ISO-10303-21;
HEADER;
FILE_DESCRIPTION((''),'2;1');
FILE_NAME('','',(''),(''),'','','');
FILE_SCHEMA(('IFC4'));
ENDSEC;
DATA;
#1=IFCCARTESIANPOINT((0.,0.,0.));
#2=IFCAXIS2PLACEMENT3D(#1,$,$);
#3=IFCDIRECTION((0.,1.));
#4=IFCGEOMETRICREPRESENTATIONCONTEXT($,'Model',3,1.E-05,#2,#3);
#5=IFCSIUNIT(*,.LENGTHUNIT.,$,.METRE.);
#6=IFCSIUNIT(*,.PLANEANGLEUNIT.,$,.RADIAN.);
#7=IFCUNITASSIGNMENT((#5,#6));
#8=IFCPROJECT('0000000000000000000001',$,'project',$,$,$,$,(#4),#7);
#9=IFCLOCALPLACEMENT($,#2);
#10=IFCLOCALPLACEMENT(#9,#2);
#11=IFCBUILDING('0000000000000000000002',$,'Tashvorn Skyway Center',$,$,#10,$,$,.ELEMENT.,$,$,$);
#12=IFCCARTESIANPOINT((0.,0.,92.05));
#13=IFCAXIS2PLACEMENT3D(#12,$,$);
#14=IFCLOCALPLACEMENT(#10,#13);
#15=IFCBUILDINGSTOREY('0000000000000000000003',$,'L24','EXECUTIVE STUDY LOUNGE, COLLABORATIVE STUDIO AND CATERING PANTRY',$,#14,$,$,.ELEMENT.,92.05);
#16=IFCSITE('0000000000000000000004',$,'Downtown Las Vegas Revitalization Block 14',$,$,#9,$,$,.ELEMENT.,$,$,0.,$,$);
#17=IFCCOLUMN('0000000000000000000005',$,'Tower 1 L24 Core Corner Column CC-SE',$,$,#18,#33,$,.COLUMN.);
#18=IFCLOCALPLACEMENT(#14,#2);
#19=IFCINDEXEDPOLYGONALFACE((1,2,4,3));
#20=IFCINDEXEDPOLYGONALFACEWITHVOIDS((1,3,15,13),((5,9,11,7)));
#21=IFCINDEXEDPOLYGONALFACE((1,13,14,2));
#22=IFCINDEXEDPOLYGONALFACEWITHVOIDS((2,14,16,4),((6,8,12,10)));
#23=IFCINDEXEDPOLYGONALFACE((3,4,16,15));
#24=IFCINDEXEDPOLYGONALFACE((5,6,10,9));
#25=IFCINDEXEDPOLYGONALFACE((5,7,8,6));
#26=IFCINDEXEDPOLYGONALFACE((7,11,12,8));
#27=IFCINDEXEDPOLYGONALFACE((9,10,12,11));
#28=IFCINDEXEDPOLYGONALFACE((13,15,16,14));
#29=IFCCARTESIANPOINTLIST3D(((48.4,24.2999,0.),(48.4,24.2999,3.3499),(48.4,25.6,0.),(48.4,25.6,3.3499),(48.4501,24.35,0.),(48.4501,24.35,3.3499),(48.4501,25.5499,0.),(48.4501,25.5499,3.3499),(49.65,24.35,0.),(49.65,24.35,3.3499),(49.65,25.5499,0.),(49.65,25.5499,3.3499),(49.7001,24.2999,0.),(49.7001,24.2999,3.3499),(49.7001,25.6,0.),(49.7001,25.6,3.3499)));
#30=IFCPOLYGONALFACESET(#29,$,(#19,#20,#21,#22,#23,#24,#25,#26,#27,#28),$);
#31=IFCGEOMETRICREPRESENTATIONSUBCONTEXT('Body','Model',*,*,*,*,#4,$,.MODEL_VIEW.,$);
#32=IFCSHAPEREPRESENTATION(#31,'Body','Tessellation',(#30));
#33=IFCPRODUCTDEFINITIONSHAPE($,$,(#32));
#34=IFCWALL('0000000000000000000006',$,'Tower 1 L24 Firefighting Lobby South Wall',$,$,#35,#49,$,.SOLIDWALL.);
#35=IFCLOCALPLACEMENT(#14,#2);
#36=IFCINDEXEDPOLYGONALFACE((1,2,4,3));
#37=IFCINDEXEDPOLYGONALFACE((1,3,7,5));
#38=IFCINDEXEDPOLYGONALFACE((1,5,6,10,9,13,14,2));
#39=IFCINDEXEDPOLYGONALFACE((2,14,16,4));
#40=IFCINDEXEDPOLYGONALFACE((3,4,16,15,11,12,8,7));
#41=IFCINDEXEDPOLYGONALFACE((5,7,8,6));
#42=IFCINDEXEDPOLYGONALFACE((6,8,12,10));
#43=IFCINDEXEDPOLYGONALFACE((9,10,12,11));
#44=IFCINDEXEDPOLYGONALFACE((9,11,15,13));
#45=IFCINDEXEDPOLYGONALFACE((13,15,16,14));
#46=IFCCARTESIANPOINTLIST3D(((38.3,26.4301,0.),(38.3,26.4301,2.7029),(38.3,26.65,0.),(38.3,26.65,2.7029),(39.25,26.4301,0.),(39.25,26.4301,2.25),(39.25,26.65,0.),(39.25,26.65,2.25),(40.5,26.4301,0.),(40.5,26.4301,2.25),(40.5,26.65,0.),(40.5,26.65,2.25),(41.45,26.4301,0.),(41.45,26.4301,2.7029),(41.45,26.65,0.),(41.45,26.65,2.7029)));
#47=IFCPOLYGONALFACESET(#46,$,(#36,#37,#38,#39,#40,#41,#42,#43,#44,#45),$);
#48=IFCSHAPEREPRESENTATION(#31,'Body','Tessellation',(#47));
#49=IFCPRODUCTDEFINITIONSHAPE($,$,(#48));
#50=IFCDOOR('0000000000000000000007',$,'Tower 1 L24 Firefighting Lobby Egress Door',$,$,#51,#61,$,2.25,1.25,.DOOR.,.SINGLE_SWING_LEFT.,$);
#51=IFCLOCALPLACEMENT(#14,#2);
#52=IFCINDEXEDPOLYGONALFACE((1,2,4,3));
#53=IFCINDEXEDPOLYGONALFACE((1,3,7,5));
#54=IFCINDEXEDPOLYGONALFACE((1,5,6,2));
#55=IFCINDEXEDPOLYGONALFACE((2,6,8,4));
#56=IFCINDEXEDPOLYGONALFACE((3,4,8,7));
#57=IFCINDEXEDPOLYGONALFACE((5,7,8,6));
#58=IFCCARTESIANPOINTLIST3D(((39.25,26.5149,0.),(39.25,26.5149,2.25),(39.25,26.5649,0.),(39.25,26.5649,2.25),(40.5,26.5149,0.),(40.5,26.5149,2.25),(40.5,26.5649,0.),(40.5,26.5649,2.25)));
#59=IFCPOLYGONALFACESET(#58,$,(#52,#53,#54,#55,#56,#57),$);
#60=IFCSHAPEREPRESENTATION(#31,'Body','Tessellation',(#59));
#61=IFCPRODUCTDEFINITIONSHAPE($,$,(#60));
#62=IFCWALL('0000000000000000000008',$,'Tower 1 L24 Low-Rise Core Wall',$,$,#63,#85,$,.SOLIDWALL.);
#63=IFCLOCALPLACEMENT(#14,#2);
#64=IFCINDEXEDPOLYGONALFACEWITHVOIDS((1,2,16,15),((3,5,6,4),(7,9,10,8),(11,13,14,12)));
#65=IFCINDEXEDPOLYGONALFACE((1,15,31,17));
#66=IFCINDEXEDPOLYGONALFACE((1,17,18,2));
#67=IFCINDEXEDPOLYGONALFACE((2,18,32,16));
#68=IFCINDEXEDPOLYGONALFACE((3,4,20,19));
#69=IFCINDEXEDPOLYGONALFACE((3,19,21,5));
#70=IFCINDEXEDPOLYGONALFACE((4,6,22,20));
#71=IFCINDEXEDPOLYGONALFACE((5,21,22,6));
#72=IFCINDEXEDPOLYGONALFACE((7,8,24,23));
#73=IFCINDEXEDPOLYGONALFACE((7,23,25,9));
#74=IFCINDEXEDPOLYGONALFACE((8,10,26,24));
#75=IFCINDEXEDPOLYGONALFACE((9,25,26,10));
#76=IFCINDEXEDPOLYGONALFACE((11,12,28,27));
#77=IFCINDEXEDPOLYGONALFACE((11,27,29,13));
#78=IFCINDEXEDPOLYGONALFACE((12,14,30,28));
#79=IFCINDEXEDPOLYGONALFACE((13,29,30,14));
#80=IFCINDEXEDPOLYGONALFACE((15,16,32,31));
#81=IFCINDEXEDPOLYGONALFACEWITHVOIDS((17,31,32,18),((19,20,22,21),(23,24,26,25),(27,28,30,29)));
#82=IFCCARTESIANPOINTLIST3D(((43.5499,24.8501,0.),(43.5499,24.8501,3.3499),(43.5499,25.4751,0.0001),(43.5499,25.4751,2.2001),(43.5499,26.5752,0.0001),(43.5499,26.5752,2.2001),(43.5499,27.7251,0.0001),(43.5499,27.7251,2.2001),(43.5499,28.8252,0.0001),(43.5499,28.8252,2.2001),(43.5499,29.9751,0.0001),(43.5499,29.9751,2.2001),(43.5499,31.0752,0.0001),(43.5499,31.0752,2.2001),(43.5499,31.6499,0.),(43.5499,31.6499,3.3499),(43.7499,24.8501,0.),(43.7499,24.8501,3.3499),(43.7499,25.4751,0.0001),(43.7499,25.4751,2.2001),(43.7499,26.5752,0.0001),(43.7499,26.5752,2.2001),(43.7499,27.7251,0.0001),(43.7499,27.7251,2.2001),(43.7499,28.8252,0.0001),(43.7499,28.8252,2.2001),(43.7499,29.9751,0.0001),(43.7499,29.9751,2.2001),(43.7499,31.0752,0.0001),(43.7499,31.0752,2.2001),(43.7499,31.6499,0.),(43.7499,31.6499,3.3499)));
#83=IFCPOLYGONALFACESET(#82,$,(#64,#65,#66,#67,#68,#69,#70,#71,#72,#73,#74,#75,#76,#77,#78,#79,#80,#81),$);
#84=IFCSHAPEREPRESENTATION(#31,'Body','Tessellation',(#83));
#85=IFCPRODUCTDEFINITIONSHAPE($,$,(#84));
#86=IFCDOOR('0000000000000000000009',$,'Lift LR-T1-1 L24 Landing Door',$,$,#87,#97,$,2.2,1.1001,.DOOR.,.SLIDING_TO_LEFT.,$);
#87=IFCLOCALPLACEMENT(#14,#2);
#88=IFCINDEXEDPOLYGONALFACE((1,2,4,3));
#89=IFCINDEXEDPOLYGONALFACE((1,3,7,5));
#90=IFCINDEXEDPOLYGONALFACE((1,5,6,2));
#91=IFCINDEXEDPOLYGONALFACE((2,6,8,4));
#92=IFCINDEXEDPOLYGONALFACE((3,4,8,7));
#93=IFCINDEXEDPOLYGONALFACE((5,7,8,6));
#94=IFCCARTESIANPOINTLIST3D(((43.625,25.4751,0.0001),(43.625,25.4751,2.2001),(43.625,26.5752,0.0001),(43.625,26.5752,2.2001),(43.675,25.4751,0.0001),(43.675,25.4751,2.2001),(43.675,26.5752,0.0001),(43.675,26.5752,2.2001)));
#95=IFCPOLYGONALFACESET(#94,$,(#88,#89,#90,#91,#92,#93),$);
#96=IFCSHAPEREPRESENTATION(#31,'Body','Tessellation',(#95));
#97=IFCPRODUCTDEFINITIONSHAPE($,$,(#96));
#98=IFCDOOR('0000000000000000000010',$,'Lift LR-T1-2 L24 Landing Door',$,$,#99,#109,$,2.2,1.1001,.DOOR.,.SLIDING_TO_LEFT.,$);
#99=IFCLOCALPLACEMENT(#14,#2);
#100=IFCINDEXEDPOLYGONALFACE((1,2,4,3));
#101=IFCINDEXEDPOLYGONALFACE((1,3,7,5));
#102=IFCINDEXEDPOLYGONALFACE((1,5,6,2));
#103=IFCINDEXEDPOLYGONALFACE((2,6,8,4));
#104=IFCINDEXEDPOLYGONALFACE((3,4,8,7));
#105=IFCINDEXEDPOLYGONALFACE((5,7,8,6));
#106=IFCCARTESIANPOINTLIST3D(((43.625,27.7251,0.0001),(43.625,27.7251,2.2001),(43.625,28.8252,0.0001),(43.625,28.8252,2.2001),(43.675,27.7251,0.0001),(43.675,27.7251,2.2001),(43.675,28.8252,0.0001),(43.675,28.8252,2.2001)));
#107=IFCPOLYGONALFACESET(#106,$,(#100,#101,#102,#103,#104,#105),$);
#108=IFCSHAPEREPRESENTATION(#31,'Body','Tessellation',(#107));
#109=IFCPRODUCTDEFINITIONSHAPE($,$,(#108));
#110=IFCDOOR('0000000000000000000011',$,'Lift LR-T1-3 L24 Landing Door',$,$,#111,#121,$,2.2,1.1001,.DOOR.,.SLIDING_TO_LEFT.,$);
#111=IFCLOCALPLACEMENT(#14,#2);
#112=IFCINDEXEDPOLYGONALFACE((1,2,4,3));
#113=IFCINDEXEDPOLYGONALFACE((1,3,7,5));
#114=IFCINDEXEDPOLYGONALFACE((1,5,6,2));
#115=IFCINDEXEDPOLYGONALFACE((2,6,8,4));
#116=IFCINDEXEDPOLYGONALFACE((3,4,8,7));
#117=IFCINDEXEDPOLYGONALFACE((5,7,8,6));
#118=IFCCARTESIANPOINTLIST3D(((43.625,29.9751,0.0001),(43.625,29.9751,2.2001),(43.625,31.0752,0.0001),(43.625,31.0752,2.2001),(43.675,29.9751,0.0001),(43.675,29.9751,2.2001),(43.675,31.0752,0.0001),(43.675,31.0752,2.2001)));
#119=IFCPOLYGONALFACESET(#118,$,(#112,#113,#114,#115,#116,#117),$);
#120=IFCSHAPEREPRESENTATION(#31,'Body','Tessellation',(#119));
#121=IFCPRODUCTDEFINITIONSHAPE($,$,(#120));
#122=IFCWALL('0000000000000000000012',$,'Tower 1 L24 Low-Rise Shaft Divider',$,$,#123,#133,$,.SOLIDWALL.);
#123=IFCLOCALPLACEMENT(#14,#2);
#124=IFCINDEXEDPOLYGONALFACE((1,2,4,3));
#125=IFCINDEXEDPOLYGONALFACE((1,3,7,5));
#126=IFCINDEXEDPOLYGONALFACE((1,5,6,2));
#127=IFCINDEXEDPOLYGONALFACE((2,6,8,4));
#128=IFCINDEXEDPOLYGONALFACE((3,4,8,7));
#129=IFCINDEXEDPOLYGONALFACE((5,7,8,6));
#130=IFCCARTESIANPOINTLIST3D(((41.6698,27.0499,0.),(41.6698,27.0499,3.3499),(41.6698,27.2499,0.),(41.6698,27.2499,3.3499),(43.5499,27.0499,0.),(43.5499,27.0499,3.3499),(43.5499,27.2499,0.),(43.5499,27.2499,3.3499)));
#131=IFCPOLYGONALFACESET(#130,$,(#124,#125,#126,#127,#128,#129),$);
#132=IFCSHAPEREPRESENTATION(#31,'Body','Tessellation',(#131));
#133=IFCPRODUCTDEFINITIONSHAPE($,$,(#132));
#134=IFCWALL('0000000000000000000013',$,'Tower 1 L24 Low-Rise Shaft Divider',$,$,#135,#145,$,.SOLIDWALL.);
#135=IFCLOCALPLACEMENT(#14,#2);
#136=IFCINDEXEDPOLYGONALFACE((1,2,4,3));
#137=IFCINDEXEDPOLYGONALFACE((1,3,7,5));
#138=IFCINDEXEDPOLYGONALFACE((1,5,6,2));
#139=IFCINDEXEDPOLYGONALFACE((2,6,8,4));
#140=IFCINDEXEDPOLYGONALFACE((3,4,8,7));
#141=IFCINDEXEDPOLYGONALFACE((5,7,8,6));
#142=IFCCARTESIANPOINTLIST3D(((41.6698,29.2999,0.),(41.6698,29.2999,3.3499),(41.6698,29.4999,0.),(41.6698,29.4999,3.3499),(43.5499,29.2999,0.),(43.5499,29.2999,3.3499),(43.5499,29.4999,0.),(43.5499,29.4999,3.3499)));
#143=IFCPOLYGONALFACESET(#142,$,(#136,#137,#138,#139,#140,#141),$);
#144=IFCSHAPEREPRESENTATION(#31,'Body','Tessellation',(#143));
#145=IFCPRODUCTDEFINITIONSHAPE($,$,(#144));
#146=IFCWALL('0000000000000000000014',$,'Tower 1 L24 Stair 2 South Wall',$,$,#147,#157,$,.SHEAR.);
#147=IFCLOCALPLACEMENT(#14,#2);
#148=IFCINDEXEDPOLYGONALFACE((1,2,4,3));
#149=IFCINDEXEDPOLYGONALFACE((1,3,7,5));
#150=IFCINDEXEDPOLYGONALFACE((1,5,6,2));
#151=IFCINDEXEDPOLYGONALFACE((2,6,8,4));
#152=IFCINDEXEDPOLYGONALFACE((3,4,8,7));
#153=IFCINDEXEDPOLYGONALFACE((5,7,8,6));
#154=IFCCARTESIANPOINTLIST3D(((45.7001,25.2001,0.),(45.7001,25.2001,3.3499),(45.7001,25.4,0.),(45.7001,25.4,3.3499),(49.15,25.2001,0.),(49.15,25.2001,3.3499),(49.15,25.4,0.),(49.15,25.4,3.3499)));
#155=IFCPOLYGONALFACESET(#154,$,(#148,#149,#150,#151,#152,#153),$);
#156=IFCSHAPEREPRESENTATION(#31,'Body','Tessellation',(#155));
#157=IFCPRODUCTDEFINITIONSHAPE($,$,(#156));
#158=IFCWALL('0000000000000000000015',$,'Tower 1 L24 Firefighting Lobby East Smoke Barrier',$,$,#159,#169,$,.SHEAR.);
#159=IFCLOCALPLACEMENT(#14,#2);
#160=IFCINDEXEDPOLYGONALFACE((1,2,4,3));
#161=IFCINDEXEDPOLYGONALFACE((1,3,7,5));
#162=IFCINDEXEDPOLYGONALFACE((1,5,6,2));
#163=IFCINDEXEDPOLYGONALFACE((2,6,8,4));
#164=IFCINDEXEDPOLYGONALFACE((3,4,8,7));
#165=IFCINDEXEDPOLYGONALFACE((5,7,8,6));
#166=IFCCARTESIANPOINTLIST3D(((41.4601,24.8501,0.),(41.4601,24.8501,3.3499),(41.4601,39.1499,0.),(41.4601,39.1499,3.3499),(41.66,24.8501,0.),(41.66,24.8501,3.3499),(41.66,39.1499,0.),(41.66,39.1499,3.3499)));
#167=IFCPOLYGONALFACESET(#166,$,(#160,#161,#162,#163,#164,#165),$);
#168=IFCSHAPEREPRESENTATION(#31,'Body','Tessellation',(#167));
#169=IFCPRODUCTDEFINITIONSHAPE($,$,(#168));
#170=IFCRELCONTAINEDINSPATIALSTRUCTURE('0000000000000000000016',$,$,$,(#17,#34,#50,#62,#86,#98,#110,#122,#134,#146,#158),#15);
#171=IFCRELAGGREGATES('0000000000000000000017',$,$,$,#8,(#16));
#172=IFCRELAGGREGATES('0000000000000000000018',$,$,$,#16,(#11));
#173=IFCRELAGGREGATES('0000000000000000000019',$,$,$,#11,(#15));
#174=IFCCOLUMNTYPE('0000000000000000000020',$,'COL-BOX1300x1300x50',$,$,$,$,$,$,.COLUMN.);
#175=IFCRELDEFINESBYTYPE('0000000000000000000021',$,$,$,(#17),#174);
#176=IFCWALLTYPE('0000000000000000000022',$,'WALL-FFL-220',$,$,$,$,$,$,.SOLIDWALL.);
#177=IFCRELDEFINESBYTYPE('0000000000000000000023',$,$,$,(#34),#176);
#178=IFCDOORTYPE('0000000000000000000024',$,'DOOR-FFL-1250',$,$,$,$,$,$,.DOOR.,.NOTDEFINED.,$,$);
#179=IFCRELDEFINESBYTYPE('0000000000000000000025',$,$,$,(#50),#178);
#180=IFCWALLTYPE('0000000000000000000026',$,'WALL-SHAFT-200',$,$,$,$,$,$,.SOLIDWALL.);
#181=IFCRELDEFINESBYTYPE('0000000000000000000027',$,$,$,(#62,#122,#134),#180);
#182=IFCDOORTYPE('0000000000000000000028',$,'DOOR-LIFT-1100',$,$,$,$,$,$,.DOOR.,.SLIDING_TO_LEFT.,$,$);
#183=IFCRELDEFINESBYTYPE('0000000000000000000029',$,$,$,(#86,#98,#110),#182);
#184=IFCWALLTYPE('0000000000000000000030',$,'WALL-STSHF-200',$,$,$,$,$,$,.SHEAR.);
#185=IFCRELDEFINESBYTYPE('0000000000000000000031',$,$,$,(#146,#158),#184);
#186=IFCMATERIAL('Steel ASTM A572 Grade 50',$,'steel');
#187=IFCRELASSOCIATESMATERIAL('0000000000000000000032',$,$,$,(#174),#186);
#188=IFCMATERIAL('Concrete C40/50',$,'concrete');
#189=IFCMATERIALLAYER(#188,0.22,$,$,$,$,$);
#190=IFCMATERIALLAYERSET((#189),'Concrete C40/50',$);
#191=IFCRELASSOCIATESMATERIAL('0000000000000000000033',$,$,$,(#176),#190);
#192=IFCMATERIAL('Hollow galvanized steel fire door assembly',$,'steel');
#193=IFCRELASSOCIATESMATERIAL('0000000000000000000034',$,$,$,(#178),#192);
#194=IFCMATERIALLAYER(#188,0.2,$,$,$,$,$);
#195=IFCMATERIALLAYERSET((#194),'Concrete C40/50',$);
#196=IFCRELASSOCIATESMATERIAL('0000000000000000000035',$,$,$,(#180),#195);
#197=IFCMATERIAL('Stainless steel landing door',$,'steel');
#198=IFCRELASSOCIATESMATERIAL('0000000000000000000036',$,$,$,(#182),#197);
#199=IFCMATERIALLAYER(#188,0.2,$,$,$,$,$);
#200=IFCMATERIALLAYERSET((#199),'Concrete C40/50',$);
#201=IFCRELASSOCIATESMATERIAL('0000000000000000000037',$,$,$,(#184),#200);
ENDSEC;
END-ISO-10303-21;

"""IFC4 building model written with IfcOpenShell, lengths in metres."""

from ifc_helpers import new_model, si_unit, direction, frame, frame_2d, origin, origin_2d, place, context, subcontext, project, spatial, rectangle, hollow_rectangle, extrude, material, layer, layer_set, material_profile, profile_set, type_object, element, fill, save


model = new_model("IFC4")

# Units and contexts
model_context = context("Model", 3, precision=1e-05, world=origin(), true_north=direction((0.0, 1.0)))
body_context = subcontext(model_context, "Body", "Model", "MODEL_VIEW")
ifc_project = project(units=[si_unit("LENGTHUNIT", "METRE"), si_unit("PLANEANGLEUNIT", "RADIAN")], contexts=[model_context])

# Site, building, storey
site_placement = place(None, origin())
site = spatial("IfcSite", under=ifc_project, at=site_placement, Name="Downtown Las Vegas Revitalization Block 14", CompositionType="ELEMENT", RefElevation=0.0)
building_placement = place(site_placement, origin())
building = spatial("IfcBuilding", under=site, at=building_placement, Name="Tashvorn Skyway Center", CompositionType="ELEMENT")
storey_placement = place(building_placement, frame((0.0, 0.0, 92.05)))
storey = spatial("IfcBuildingStorey", under=building, at=storey_placement, Name="L24", Description="EXECUTIVE STUDY LOUNGE, COLLABORATIVE STUDIO AND CATERING PANTRY", CompositionType="ELEMENT", Elevation=92.05)

# Column
ifc_material_1 = material(Name="Steel ASTM A572 Grade 50", Category="steel")
ifc_material_profile = material_profile(ifc_material_1, hollow_rectangle(XDim=1.3, YDim=1.3, WallThickness=0.05, at=origin_2d()), Name="BOX1300x1300x50")
ifc_profile_set = profile_set([ifc_material_profile], Name="Steel ASTM A572 Grade 50")
column_type = type_object("IfcColumnType", Name="COL-BOX1300x1300x50", PredefinedType="COLUMN", material=ifc_profile_set)
column_placement = place(storey_placement, frame((49.05, 24.95, 0.0), z_axis=(0.0, 0.0, 1.0), x_axis=(1.0, 0.0, 0.0)))
element("IfcColumn", 1, at=column_placement, inside=storey, type_object=column_type, Name="Tower 1 L24 Core Corner Column CC-SE", PredefinedType="COLUMN", context=body_context, shape_type="SweptSolid", body=[
    extrude(hollow_rectangle(XDim=1.3, YDim=1.3, WallThickness=0.05, at=origin_2d()), origin(), (0.0, 0.0, 1.0), 3.3499),
])

# Wall, opening, door
ifc_material_2 = material(Name="Concrete C40/50", Category="concrete")
ifc_layer_1 = layer(ifc_material_2, 0.22)
ifc_layer_set_1 = layer_set([ifc_layer_1], Name="Concrete C40/50")
wall_type_1 = type_object("IfcWallType", Name="WALL-FFL-220", PredefinedType="SOLIDWALL", material=ifc_layer_set_1)
wall_1_placement = place(storey_placement, frame((38.3, 26.54, 0.0), z_axis=(0.0, 0.0, 1.0), x_axis=(1.0, 0.0, 0.0)))
wall_1 = element("IfcWall", 2, at=wall_1_placement, inside=storey, type_object=wall_type_1, Name="Tower 1 L24 Firefighting Lobby South Wall", PredefinedType="SOLIDWALL", context=body_context, shape_type="SweptSolid", body=[
    extrude(rectangle(XDim=3.1499, YDim=0.22, at=frame_2d((1.575, 0.0))), origin(), (0.0, 0.0, 1.0), 2.7029),
])
opening_1_placement = place(wall_1_placement, frame((0.95, 0.0, 0.0)))
opening_1 = element("IfcOpeningElement", 3, at=opening_1_placement, cuts=wall_1, PredefinedType="OPENING", context=body_context, shape_type="SweptSolid", body=[
    extrude(rectangle(XDim=1.25, YDim=2.25, at=frame_2d((0.625, 1.125))), frame((0.0, 0.1199, 0.0), z_axis=(0.0, -1.0, 0.0), x_axis=(1.0, 0.0, 0.0)), (0.0, 0.0, 1.0), 0.24),
])
ifc_material_3 = material(Name="Hollow galvanized steel fire door assembly", Category="steel")
door_type_1 = type_object("IfcDoorType", Name="DOOR-FFL-1250", OperationType="NOTDEFINED", PredefinedType="DOOR", material=ifc_material_3)
door_1_placement = place(opening_1_placement, origin())
door_1 = element("IfcDoor", 4, at=door_1_placement, inside=storey, type_object=door_type_1, Name="Tower 1 L24 Firefighting Lobby Egress Door", OperationType="SINGLE_SWING_LEFT", OverallHeight=2.25, OverallWidth=1.25, PredefinedType="DOOR", context=body_context, shape_type="SweptSolid", body=[
    extrude(rectangle(XDim=1.25, YDim=2.25, at=frame_2d((0.625, 1.125))), frame((0.0, 0.0249, 0.0), z_axis=(0.0, -1.0, 0.0), x_axis=(1.0, 0.0, 0.0)), (0.0, 0.0, 1.0), 0.05),
])
fill(opening_1, door_1)

# Wall, openings, doors
ifc_layer_2 = layer(ifc_material_2, 0.2)
ifc_layer_set_2 = layer_set([ifc_layer_2], Name="Concrete C40/50")
wall_type_2 = type_object("IfcWallType", Name="WALL-SHAFT-200", PredefinedType="SOLIDWALL", material=ifc_layer_set_2)
wall_2_placement = place(storey_placement, frame((43.6499, 24.8501, 0.0), z_axis=(0.0, 0.0, 1.0), x_axis=(0.0, 1.0, 0.0)))
wall_2 = element("IfcWall", 5, at=wall_2_placement, inside=storey, type_object=wall_type_2, Name="Tower 1 L24 Low-Rise Core Wall", PredefinedType="SOLIDWALL", context=body_context, shape_type="SweptSolid", body=[
    extrude(rectangle(XDim=6.7998, YDim=0.2, at=frame_2d((3.3999, 0.0))), origin(), (0.0, 0.0, 1.0), 3.3499),
])
opening_2_placement = place(wall_2_placement, frame((0.625, 0.0, 0.0)))
opening_2 = element("IfcOpeningElement", 6, at=opening_2_placement, cuts=wall_2, PredefinedType="OPENING", context=body_context, shape_type="SweptSolid", body=[
    extrude(rectangle(XDim=1.1001, YDim=2.2, at=frame_2d((0.55, 1.1001))), frame((0.0, 0.1099, 0.0), z_axis=(0.0, -1.0, 0.0), x_axis=(1.0, 0.0, 0.0)), (0.0, 0.0, 1.0), 0.22),
])
opening_3_placement = place(wall_2_placement, frame((2.875, 0.0, 0.0)))
opening_3 = element("IfcOpeningElement", 7, at=opening_3_placement, cuts=wall_2, PredefinedType="OPENING", context=body_context, shape_type="SweptSolid", body=[
    extrude(rectangle(XDim=1.1001, YDim=2.2, at=frame_2d((0.55, 1.1001))), frame((0.0, 0.1099, 0.0), z_axis=(0.0, -1.0, 0.0), x_axis=(1.0, 0.0, 0.0)), (0.0, 0.0, 1.0), 0.22),
])
opening_4_placement = place(wall_2_placement, frame((5.125, 0.0, 0.0)))
opening_4 = element("IfcOpeningElement", 8, at=opening_4_placement, cuts=wall_2, PredefinedType="OPENING", context=body_context, shape_type="SweptSolid", body=[
    extrude(rectangle(XDim=1.1001, YDim=2.2, at=frame_2d((0.55, 1.1001))), frame((0.0, 0.1099, 0.0), z_axis=(0.0, -1.0, 0.0), x_axis=(1.0, 0.0, 0.0)), (0.0, 0.0, 1.0), 0.22),
])
ifc_material_4 = material(Name="Stainless steel landing door", Category="steel")
door_type_2 = type_object("IfcDoorType", Name="DOOR-LIFT-1100", OperationType="SLIDING_TO_LEFT", PredefinedType="DOOR", material=ifc_material_4)
door_2_placement = place(opening_2_placement, origin())
door_2 = element("IfcDoor", 9, at=door_2_placement, inside=storey, type_object=door_type_2, Name="Lift LR-T1-1 L24 Landing Door", OperationType="SLIDING_TO_LEFT", OverallHeight=2.2, OverallWidth=1.1001, PredefinedType="DOOR", context=body_context, shape_type="SweptSolid", body=[
    extrude(rectangle(XDim=1.1001, YDim=2.2, at=frame_2d((0.55, 1.1001))), frame((0.0, 0.0249, 0.0), z_axis=(0.0, -1.0, 0.0), x_axis=(1.0, 0.0, 0.0)), (0.0, 0.0, 1.0), 0.05),
])
fill(opening_2, door_2)
door_3_placement = place(opening_3_placement, origin())
door_3 = element("IfcDoor", 10, at=door_3_placement, inside=storey, type_object=door_type_2, Name="Lift LR-T1-2 L24 Landing Door", OperationType="SLIDING_TO_LEFT", OverallHeight=2.2, OverallWidth=1.1001, PredefinedType="DOOR", context=body_context, shape_type="SweptSolid", body=[
    extrude(rectangle(XDim=1.1001, YDim=2.2, at=frame_2d((0.55, 1.1001))), frame((0.0, 0.0249, 0.0), z_axis=(0.0, -1.0, 0.0), x_axis=(1.0, 0.0, 0.0)), (0.0, 0.0, 1.0), 0.05),
])
fill(opening_3, door_3)
door_4_placement = place(opening_4_placement, origin())
door_4 = element("IfcDoor", 11, at=door_4_placement, inside=storey, type_object=door_type_2, Name="Lift LR-T1-3 L24 Landing Door", OperationType="SLIDING_TO_LEFT", OverallHeight=2.2, OverallWidth=1.1001, PredefinedType="DOOR", context=body_context, shape_type="SweptSolid", body=[
    extrude(rectangle(XDim=1.1001, YDim=2.2, at=frame_2d((0.55, 1.1001))), frame((0.0, 0.0249, 0.0), z_axis=(0.0, -1.0, 0.0), x_axis=(1.0, 0.0, 0.0)), (0.0, 0.0, 1.0), 0.05),
])
fill(opening_4, door_4)

# Walls
for number, where, z_axis, x_axis, name in (
    (12, (41.6699, 27.1499, 0.0), (0.0, 0.0, 1.0), (1.0, 0.0, 0.0), "Tower 1 L24 Low-Rise Shaft Divider"),
    (13, (41.6699, 29.3999, 0.0), (0.0, 0.0, 1.0), (1.0, 0.0, 0.0), "Tower 1 L24 Low-Rise Shaft Divider"),
):
    element("IfcWall", number, at=place(storey_placement, frame(where, z_axis=z_axis, x_axis=x_axis)), inside=storey, type_object=wall_type_2, Name=name, PredefinedType="SOLIDWALL", context=body_context, shape_type="SweptSolid", body=[
        extrude(rectangle(XDim=1.8801, YDim=0.2, at=frame_2d((0.9399, 0.0))), origin(), (0.0, 0.0, 1.0), 3.3499),
    ])
ifc_layer_3 = layer(ifc_material_2, 0.2)
ifc_layer_set_3 = layer_set([ifc_layer_3], Name="Concrete C40/50")
wall_type_3 = type_object("IfcWallType", Name="WALL-STSHF-200", PredefinedType="SHEAR", material=ifc_layer_set_3)
wall_3_placement = place(storey_placement, frame((45.7, 25.3, 0.0), z_axis=(0.0, 0.0, 1.0), x_axis=(1.0, 0.0, 0.0)))
element("IfcWall", 14, at=wall_3_placement, inside=storey, type_object=wall_type_3, Name="Tower 1 L24 Stair 2 South Wall", PredefinedType="SHEAR", context=body_context, shape_type="SweptSolid", body=[
    extrude(rectangle(XDim=3.45, YDim=0.2, at=frame_2d((1.7251, 0.0))), origin(), (0.0, 0.0, 1.0), 3.3499),
])
wall_4_placement = place(storey_placement, frame((41.5601, 24.8501, 0.0), z_axis=(0.0, 0.0, 1.0), x_axis=(0.0, 1.0, 0.0)))
element("IfcWall", 15, at=wall_4_placement, inside=storey, type_object=wall_type_3, Name="Tower 1 L24 Firefighting Lobby East Smoke Barrier", PredefinedType="SHEAR", context=body_context, shape_type="SweptSolid", body=[
    extrude(rectangle(XDim=14.2998, YDim=0.2, at=frame_2d((7.1499, 0.0))), origin(), (0.0, 0.0, 1.0), 3.3499),
])

save(model, "model.ifc")
